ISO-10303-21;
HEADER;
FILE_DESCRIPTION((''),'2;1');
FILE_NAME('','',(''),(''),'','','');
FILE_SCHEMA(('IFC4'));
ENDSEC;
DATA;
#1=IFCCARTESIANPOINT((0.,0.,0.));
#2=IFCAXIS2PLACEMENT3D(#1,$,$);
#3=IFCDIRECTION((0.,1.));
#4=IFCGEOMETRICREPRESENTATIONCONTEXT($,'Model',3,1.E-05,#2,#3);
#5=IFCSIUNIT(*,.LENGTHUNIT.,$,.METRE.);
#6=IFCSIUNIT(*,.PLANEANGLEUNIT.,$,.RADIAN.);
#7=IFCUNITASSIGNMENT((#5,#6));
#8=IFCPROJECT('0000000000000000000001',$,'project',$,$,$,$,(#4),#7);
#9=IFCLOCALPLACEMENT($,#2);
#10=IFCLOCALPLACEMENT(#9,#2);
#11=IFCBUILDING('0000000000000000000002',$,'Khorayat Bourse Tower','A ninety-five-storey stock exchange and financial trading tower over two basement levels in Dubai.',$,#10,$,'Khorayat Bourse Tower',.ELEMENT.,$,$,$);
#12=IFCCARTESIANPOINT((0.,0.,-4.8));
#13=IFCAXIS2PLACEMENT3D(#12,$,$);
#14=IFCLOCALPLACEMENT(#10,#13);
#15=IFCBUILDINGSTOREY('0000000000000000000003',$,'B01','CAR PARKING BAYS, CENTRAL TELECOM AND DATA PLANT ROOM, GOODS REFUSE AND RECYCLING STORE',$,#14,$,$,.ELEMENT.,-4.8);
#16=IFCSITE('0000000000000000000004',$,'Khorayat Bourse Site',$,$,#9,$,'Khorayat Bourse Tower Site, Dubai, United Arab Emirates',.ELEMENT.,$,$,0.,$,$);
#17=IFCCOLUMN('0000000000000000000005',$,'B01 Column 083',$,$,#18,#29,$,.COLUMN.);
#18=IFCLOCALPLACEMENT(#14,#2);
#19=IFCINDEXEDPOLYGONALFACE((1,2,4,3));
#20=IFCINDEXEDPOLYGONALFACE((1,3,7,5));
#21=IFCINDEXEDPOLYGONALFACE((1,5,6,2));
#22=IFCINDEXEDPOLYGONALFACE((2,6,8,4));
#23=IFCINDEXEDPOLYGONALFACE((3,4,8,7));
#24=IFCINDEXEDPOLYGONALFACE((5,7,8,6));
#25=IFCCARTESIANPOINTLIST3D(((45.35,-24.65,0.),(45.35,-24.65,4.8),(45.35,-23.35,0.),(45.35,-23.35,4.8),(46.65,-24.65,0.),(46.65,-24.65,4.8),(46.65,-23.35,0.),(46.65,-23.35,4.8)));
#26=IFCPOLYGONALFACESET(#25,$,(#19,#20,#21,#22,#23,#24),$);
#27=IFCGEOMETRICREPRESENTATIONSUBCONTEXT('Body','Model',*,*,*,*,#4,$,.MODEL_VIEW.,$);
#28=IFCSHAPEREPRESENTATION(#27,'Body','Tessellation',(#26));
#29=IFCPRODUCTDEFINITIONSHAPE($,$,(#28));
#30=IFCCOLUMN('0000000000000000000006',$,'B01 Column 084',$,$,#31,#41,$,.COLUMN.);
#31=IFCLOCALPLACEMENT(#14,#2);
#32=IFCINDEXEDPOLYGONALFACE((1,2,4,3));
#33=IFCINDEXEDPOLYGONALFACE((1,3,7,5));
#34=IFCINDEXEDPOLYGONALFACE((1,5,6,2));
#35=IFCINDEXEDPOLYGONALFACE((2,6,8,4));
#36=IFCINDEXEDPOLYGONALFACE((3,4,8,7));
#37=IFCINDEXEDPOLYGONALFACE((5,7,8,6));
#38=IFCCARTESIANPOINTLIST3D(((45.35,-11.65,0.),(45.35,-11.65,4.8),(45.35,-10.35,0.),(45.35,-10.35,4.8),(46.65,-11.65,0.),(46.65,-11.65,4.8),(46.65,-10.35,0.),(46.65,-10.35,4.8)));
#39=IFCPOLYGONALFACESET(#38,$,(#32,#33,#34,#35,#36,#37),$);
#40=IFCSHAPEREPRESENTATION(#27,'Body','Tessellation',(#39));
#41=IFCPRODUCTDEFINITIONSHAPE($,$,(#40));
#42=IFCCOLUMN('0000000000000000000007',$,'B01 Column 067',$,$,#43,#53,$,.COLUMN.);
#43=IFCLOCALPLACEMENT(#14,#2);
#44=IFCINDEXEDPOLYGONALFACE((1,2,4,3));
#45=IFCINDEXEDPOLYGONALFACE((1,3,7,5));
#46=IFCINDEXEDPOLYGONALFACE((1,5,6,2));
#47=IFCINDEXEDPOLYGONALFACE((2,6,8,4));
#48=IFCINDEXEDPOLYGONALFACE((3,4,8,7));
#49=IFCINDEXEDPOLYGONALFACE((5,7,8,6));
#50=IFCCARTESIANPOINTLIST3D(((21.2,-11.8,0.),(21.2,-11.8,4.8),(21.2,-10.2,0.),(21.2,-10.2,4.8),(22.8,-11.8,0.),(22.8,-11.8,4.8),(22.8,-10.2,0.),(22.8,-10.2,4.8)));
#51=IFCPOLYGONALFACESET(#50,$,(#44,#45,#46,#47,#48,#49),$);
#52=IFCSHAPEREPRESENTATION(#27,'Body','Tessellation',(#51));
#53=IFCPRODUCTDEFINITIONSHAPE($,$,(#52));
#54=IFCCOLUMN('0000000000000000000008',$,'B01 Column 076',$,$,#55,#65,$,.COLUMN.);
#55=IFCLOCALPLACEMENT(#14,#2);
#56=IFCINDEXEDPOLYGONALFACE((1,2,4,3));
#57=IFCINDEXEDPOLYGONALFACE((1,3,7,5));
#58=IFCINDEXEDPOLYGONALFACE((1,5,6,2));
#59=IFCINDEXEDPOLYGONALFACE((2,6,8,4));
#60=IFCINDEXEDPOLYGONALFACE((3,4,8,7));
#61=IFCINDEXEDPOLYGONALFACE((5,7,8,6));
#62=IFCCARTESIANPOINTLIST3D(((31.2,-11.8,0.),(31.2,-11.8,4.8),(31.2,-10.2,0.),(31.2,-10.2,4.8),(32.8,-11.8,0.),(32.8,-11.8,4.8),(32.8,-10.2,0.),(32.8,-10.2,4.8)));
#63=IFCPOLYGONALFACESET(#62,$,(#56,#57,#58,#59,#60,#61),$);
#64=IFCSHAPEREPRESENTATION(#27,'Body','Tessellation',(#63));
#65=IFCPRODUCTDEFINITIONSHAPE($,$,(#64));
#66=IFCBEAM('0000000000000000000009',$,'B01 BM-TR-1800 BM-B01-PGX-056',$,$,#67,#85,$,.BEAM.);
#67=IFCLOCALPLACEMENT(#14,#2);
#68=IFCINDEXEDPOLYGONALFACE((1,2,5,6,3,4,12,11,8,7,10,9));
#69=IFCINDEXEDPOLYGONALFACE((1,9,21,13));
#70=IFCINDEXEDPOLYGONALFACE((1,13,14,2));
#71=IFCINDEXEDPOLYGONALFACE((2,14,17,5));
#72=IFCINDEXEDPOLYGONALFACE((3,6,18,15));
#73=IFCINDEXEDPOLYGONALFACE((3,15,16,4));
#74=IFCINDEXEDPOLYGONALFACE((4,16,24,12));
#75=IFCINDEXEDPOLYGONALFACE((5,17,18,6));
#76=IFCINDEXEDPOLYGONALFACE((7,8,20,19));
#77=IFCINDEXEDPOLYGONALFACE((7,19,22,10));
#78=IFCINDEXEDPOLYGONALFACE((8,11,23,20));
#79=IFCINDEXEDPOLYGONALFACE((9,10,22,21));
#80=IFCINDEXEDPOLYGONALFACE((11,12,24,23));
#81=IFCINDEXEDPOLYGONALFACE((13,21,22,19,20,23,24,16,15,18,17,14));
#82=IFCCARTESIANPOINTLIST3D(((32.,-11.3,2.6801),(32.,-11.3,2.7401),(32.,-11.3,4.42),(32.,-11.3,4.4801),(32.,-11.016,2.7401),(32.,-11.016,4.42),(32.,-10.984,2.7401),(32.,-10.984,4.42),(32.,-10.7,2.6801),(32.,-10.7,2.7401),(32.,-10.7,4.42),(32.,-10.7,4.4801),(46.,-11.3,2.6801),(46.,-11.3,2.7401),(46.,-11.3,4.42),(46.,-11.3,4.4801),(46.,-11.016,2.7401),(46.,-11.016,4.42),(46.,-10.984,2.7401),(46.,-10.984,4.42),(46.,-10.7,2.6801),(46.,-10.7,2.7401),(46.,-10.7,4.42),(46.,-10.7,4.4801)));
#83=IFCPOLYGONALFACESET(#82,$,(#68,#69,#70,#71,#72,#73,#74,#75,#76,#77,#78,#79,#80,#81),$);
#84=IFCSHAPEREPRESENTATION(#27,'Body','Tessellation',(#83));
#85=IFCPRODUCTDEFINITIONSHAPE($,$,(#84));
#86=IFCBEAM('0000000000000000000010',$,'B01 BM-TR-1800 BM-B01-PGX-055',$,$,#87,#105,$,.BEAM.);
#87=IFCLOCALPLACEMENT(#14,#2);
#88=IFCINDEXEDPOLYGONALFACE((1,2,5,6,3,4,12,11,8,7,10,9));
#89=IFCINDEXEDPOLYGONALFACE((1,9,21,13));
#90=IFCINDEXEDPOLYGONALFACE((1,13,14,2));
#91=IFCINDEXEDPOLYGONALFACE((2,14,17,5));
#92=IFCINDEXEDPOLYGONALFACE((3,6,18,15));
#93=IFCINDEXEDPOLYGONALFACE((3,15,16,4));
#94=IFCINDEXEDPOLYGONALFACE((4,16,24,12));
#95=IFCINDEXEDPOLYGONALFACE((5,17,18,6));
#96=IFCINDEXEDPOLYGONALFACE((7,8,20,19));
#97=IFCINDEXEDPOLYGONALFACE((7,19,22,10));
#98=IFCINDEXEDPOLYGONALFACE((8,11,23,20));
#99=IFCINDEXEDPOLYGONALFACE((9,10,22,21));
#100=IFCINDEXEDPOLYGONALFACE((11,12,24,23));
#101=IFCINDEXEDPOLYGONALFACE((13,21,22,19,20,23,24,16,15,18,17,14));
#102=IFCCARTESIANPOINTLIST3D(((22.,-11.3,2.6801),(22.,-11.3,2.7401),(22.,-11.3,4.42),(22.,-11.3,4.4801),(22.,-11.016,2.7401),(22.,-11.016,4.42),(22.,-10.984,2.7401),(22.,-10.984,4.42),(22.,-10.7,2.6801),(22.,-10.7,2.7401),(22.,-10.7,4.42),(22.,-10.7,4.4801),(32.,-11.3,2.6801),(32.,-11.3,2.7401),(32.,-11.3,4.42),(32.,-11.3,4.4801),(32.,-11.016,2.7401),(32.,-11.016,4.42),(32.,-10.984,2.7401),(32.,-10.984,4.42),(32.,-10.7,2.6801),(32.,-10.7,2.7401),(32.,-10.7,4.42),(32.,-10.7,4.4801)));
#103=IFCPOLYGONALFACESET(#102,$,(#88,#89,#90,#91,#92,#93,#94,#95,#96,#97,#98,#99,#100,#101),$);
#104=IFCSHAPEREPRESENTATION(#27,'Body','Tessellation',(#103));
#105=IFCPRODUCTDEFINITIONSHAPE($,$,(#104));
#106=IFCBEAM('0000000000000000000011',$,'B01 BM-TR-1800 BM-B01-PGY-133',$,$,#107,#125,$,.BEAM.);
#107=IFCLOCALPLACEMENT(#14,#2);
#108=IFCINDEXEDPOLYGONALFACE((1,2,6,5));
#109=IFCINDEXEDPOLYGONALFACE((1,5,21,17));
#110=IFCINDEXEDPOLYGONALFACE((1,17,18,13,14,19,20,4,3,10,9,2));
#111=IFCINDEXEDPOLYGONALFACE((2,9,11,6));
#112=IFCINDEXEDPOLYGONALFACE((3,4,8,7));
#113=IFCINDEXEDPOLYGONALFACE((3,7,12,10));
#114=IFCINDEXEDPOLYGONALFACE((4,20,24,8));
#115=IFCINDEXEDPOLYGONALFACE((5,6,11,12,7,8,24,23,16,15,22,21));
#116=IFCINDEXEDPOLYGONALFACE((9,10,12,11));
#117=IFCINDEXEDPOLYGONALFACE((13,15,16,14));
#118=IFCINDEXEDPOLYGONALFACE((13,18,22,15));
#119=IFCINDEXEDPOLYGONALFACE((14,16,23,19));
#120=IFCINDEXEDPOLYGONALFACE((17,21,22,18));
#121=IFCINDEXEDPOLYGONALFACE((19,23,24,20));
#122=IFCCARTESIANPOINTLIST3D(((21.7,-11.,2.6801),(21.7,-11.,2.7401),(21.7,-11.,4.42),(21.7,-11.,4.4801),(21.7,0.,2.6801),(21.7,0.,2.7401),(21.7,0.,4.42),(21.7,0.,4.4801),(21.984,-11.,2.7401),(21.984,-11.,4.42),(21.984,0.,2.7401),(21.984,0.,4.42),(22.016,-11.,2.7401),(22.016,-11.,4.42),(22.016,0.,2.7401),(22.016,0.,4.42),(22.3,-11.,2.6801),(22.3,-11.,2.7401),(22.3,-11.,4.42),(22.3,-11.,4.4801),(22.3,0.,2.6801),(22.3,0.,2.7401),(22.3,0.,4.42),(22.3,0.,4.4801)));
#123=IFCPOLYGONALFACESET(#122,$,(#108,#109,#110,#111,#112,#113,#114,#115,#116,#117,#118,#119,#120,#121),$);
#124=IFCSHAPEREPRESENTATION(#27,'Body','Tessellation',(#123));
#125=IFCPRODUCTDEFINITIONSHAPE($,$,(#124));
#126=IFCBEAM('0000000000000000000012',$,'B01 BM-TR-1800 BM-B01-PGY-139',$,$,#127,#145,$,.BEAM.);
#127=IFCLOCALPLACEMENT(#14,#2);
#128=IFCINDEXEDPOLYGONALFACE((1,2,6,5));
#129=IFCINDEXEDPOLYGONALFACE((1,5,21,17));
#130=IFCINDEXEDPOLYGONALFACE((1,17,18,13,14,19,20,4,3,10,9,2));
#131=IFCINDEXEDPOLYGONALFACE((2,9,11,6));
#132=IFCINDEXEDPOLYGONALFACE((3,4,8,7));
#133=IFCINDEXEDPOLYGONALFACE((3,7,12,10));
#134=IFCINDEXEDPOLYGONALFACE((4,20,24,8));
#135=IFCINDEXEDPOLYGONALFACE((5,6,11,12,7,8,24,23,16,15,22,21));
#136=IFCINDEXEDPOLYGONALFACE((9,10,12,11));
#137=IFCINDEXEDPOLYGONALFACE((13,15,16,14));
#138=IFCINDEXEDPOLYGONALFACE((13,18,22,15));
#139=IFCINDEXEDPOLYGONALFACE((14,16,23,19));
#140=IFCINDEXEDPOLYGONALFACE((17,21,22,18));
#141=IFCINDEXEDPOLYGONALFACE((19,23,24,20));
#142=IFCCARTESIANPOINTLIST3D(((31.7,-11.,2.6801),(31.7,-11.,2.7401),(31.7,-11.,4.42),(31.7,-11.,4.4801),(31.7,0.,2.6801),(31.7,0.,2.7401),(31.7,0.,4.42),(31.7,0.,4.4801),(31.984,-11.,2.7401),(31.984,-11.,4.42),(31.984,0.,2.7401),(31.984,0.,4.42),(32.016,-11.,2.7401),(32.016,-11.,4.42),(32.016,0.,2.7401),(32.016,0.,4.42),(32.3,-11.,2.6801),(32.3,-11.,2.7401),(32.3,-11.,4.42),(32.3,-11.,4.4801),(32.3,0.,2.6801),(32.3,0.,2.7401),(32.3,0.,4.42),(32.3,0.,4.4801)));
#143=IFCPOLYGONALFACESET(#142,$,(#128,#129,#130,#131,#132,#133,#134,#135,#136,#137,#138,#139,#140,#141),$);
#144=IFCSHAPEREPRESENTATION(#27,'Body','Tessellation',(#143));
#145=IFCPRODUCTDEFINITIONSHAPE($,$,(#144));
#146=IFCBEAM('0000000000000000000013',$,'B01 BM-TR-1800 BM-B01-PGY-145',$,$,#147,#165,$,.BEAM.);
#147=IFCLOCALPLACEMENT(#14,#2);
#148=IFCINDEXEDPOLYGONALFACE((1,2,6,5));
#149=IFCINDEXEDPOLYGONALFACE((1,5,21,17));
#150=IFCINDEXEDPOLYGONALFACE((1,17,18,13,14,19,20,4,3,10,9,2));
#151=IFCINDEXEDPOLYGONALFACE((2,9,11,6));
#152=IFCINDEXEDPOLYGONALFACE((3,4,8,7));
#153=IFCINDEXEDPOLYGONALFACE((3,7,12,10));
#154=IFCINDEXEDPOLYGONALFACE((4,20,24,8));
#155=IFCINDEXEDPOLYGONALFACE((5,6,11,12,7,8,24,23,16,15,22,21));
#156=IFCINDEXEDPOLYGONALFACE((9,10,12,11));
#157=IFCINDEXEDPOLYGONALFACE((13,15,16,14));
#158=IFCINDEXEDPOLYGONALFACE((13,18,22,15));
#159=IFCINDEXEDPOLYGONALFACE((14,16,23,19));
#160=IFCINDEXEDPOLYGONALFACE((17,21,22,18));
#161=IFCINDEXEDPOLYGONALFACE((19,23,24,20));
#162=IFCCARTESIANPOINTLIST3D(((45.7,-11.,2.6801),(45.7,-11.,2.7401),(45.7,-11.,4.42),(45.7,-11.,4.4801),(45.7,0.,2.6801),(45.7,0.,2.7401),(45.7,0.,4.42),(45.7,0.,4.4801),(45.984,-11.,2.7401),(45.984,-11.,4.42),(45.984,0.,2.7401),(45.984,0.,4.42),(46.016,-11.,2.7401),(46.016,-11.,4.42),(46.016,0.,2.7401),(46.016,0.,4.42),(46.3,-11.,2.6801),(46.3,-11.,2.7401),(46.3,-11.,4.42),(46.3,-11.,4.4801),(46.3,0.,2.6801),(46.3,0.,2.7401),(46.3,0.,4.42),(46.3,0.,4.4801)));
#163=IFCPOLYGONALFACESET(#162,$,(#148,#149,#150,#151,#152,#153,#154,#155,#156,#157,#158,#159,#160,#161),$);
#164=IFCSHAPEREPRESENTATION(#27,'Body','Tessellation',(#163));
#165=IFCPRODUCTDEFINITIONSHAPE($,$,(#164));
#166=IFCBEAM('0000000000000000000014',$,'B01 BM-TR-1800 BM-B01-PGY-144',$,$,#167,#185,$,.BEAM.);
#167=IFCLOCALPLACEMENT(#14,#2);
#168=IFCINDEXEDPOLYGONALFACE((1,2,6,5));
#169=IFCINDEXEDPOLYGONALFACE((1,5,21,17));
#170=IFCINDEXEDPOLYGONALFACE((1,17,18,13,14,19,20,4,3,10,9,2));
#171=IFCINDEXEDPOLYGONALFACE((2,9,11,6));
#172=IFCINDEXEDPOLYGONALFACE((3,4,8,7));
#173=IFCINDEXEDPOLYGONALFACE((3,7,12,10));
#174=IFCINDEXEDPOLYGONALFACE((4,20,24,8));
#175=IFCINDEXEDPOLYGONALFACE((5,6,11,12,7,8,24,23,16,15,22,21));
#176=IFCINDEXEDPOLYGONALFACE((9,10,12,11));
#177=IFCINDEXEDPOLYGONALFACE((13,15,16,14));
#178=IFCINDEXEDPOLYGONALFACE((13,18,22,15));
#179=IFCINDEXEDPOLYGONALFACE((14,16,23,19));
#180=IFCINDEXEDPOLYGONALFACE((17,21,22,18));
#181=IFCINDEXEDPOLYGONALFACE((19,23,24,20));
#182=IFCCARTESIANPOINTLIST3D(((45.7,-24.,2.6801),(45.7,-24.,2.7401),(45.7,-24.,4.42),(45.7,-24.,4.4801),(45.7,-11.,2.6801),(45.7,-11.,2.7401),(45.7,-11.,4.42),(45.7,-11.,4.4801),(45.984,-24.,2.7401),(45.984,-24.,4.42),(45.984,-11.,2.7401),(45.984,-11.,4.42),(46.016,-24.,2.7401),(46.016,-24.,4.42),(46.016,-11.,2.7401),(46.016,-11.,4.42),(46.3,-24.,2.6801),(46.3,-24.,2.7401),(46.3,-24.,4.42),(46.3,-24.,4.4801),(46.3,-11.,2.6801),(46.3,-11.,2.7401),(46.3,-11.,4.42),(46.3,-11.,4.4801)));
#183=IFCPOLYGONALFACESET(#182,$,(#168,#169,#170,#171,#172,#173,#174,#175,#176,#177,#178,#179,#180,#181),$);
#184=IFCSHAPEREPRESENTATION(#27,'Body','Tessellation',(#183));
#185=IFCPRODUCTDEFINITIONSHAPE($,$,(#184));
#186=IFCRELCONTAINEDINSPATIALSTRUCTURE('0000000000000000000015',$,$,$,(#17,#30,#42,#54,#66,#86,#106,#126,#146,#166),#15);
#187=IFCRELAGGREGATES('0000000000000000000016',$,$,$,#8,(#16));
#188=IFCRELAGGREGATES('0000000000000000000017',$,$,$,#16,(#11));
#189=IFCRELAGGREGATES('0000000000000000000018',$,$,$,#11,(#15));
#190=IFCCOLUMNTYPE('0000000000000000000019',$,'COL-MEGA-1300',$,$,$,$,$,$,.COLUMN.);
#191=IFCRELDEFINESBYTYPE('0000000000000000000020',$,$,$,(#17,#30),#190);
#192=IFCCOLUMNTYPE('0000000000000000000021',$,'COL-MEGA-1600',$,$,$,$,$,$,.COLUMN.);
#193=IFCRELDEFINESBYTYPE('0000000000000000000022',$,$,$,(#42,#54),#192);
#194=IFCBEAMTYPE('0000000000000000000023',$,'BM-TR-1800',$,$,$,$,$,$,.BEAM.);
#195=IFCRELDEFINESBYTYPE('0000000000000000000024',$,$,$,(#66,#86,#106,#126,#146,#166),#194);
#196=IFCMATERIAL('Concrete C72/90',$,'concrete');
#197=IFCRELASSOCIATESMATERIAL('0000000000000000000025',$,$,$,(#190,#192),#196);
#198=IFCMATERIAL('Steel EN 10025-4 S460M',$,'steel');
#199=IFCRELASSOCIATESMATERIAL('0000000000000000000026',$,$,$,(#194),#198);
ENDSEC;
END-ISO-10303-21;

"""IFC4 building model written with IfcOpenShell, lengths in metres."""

from ifc_helpers import new_model, si_unit, direction, frame, origin, origin_2d, place, context, subcontext, project, spatial, rectangle, i_section, extrude, source, transform, mapped, material, material_profile, profile_set, type_object, element, save


model = new_model("IFC4")

# Units and contexts
model_context = context("Model", 3, precision=1e-05, world=origin(), true_north=direction((0.0, 1.0)))
body_context = subcontext(model_context, "Body", "Model", "MODEL_VIEW")
ifc_project = project(units=[si_unit("LENGTHUNIT", "METRE"), si_unit("PLANEANGLEUNIT", "RADIAN")], contexts=[model_context])

# Site, building, storey
site_placement = place(None, origin())
site = spatial("IfcSite", under=ifc_project, at=site_placement, Name="Khorayat Bourse Site", LongName="Khorayat Bourse Tower Site, Dubai, United Arab Emirates", CompositionType="ELEMENT", RefElevation=0.0)
building_placement = place(site_placement, origin())
building = spatial("IfcBuilding", under=site, at=building_placement, Name="Khorayat Bourse Tower", Description="A ninety-five-storey stock exchange and financial trading tower over two basement levels in Dubai.", LongName="Khorayat Bourse Tower", CompositionType="ELEMENT")
storey_placement = place(building_placement, frame((0.0, 0.0, -4.8)))
storey = spatial("IfcBuildingStorey", under=building, at=storey_placement, Name="B01", Description="CAR PARKING BAYS, CENTRAL TELECOM AND DATA PLANT ROOM, GOODS REFUSE AND RECYCLING STORE", CompositionType="ELEMENT", Elevation=-4.8)

# Columns
ifc_material_1 = material(Name="Concrete C72/90", Category="concrete")
ifc_material_profile_1 = material_profile(ifc_material_1, rectangle(XDim=1.3, YDim=1.3, at=origin_2d()), Name="RC 1300x1300")
ifc_profile_set_1 = profile_set([ifc_material_profile_1], Name="Concrete C72/90")
column_type_1 = type_object("IfcColumnType", Name="COL-MEGA-1300", PredefinedType="COLUMN", material=ifc_profile_set_1)
shared_shape_1 = source(origin(), body_context, "Body", "SweptSolid", [
    extrude(rectangle(XDim=1.3, YDim=1.3, at=origin_2d()), origin(), (0.0, 0.0, 1.0), 4.8),
])
for number, where, z_axis, x_axis, name in (
    (1, (46.0, -24.0, 0.0), (0.0, 0.0, 1.0), (1.0, 0.0, 0.0), "B01 Column 083"),
    (2, (46.0, -11.0, 0.0), (0.0, 0.0, 1.0), (1.0, 0.0, 0.0), "B01 Column 084"),
):
    element("IfcColumn", number, at=place(storey_placement, frame(where, z_axis=z_axis, x_axis=x_axis)), inside=storey, type_object=column_type_1, Name=name, PredefinedType="COLUMN", context=body_context, shape_type="MappedRepresentation", body=[
        mapped(shared_shape_1, transform((0.0, 0.0, 0.0), scale=1.0)),
    ])
ifc_material_profile_2 = material_profile(ifc_material_1, rectangle(XDim=1.6001, YDim=1.6001, at=origin_2d()), Name="RC 1600x1600")
ifc_profile_set_2 = profile_set([ifc_material_profile_2], Name="Concrete C72/90")
column_type_2 = type_object("IfcColumnType", Name="COL-MEGA-1600", PredefinedType="COLUMN", material=ifc_profile_set_2)
shared_shape_2 = source(origin(), body_context, "Body", "SweptSolid", [
    extrude(rectangle(XDim=1.6001, YDim=1.6001, at=origin_2d()), origin(), (0.0, 0.0, 1.0), 4.8),
])
for number, where, z_axis, x_axis, name in (
    (3, (22.0, -11.0, 0.0), (0.0, 0.0, 1.0), (1.0, 0.0, 0.0), "B01 Column 067"),
    (4, (32.0, -11.0, 0.0), (0.0, 0.0, 1.0), (1.0, 0.0, 0.0), "B01 Column 076"),
):
    element("IfcColumn", number, at=place(storey_placement, frame(where, z_axis=z_axis, x_axis=x_axis)), inside=storey, type_object=column_type_2, Name=name, PredefinedType="COLUMN", context=body_context, shape_type="MappedRepresentation", body=[
        mapped(shared_shape_2, transform((0.0, 0.0, 0.0), scale=1.0)),
    ])

# Beams
ifc_material_2 = material(Name="Steel EN 10025-4 S460M", Category="steel")
ifc_material_profile_3 = material_profile(ifc_material_2, i_section(OverallWidth=0.6001, OverallDepth=1.8, WebThickness=0.032, FlangeThickness=0.0601, at=origin_2d()), Name="PG 1800x600x32x60")
ifc_profile_set_3 = profile_set([ifc_material_profile_3], Name="Steel EN 10025-4 S460M")
beam_type_1 = type_object("IfcBeamType", Name="BM-TR-1800", PredefinedType="BEAM", material=ifc_profile_set_3)
shared_shape_3 = source(origin(), body_context, "Body", "SweptSolid", [
    extrude(i_section(OverallWidth=0.6001, OverallDepth=1.8, WebThickness=0.032, FlangeThickness=0.0601, at=origin_2d()), origin(), (0.0, 0.0, 1.0), 14.0),
])
beam_1_placement = place(storey_placement, frame((32.0, -11.0, 3.5801), z_axis=(1.0, 0.0, 0.0), x_axis=(0.0, 1.0, 0.0)))
element("IfcBeam", 5, at=beam_1_placement, inside=storey, type_object=beam_type_1, Name="B01 BM-TR-1800 BM-B01-PGX-056", PredefinedType="BEAM", context=body_context, shape_type="MappedRepresentation", body=[
    mapped(shared_shape_3, transform((0.0, 0.0, 0.0), scale=1.0)),
])
shared_shape_4 = source(origin(), body_context, "Body", "SweptSolid", [
    extrude(i_section(OverallWidth=0.6001, OverallDepth=1.8, WebThickness=0.032, FlangeThickness=0.0601, at=origin_2d()), origin(), (0.0, 0.0, 1.0), 10.0),
])
beam_2_placement = place(storey_placement, frame((22.0, -11.0, 3.5801), z_axis=(1.0, 0.0, 0.0), x_axis=(0.0, 1.0, 0.0)))
element("IfcBeam", 6, at=beam_2_placement, inside=storey, type_object=beam_type_1, Name="B01 BM-TR-1800 BM-B01-PGX-055", PredefinedType="BEAM", context=body_context, shape_type="MappedRepresentation", body=[
    mapped(shared_shape_4, transform((0.0, 0.0, 0.0), scale=1.0)),
])
shared_shape_5 = source(origin(), body_context, "Body", "SweptSolid", [
    extrude(i_section(OverallWidth=0.6001, OverallDepth=1.8, WebThickness=0.032, FlangeThickness=0.0601, at=origin_2d()), origin(), (0.0, 0.0, 1.0), 11.0),
])
for number, where, z_axis, x_axis, name in (
    (7, (22.0, -11.0, 3.5801), (0.0, 1.0, 0.0), (-1.0, 0.0, 0.0), "B01 BM-TR-1800 BM-B01-PGY-133"),
    (8, (32.0, -11.0, 3.5801), (0.0, 1.0, 0.0), (-1.0, 0.0, 0.0), "B01 BM-TR-1800 BM-B01-PGY-139"),
    (9, (46.0, -11.0, 3.5801), (0.0, 1.0, 0.0), (-1.0, 0.0, 0.0), "B01 BM-TR-1800 BM-B01-PGY-145"),
):
    element("IfcBeam", number, at=place(storey_placement, frame(where, z_axis=z_axis, x_axis=x_axis)), inside=storey, type_object=beam_type_1, Name=name, PredefinedType="BEAM", context=body_context, shape_type="MappedRepresentation", body=[
        mapped(shared_shape_5, transform((0.0, 0.0, 0.0), scale=1.0)),
    ])
shared_shape_6 = source(origin(), body_context, "Body", "SweptSolid", [
    extrude(i_section(OverallWidth=0.6001, OverallDepth=1.8, WebThickness=0.032, FlangeThickness=0.0601, at=origin_2d()), origin(), (0.0, 0.0, 1.0), 13.0),
])
beam_3_placement = place(storey_placement, frame((46.0, -24.0, 3.5801), z_axis=(0.0, 1.0, 0.0), x_axis=(-1.0, 0.0, 0.0)))
element("IfcBeam", 10, at=beam_3_placement, inside=storey, type_object=beam_type_1, Name="B01 BM-TR-1800 BM-B01-PGY-144", PredefinedType="BEAM", context=body_context, shape_type="MappedRepresentation", body=[
    mapped(shared_shape_6, transform((0.0, 0.0, 0.0), scale=1.0)),
])

save(model, "model.ifc")
